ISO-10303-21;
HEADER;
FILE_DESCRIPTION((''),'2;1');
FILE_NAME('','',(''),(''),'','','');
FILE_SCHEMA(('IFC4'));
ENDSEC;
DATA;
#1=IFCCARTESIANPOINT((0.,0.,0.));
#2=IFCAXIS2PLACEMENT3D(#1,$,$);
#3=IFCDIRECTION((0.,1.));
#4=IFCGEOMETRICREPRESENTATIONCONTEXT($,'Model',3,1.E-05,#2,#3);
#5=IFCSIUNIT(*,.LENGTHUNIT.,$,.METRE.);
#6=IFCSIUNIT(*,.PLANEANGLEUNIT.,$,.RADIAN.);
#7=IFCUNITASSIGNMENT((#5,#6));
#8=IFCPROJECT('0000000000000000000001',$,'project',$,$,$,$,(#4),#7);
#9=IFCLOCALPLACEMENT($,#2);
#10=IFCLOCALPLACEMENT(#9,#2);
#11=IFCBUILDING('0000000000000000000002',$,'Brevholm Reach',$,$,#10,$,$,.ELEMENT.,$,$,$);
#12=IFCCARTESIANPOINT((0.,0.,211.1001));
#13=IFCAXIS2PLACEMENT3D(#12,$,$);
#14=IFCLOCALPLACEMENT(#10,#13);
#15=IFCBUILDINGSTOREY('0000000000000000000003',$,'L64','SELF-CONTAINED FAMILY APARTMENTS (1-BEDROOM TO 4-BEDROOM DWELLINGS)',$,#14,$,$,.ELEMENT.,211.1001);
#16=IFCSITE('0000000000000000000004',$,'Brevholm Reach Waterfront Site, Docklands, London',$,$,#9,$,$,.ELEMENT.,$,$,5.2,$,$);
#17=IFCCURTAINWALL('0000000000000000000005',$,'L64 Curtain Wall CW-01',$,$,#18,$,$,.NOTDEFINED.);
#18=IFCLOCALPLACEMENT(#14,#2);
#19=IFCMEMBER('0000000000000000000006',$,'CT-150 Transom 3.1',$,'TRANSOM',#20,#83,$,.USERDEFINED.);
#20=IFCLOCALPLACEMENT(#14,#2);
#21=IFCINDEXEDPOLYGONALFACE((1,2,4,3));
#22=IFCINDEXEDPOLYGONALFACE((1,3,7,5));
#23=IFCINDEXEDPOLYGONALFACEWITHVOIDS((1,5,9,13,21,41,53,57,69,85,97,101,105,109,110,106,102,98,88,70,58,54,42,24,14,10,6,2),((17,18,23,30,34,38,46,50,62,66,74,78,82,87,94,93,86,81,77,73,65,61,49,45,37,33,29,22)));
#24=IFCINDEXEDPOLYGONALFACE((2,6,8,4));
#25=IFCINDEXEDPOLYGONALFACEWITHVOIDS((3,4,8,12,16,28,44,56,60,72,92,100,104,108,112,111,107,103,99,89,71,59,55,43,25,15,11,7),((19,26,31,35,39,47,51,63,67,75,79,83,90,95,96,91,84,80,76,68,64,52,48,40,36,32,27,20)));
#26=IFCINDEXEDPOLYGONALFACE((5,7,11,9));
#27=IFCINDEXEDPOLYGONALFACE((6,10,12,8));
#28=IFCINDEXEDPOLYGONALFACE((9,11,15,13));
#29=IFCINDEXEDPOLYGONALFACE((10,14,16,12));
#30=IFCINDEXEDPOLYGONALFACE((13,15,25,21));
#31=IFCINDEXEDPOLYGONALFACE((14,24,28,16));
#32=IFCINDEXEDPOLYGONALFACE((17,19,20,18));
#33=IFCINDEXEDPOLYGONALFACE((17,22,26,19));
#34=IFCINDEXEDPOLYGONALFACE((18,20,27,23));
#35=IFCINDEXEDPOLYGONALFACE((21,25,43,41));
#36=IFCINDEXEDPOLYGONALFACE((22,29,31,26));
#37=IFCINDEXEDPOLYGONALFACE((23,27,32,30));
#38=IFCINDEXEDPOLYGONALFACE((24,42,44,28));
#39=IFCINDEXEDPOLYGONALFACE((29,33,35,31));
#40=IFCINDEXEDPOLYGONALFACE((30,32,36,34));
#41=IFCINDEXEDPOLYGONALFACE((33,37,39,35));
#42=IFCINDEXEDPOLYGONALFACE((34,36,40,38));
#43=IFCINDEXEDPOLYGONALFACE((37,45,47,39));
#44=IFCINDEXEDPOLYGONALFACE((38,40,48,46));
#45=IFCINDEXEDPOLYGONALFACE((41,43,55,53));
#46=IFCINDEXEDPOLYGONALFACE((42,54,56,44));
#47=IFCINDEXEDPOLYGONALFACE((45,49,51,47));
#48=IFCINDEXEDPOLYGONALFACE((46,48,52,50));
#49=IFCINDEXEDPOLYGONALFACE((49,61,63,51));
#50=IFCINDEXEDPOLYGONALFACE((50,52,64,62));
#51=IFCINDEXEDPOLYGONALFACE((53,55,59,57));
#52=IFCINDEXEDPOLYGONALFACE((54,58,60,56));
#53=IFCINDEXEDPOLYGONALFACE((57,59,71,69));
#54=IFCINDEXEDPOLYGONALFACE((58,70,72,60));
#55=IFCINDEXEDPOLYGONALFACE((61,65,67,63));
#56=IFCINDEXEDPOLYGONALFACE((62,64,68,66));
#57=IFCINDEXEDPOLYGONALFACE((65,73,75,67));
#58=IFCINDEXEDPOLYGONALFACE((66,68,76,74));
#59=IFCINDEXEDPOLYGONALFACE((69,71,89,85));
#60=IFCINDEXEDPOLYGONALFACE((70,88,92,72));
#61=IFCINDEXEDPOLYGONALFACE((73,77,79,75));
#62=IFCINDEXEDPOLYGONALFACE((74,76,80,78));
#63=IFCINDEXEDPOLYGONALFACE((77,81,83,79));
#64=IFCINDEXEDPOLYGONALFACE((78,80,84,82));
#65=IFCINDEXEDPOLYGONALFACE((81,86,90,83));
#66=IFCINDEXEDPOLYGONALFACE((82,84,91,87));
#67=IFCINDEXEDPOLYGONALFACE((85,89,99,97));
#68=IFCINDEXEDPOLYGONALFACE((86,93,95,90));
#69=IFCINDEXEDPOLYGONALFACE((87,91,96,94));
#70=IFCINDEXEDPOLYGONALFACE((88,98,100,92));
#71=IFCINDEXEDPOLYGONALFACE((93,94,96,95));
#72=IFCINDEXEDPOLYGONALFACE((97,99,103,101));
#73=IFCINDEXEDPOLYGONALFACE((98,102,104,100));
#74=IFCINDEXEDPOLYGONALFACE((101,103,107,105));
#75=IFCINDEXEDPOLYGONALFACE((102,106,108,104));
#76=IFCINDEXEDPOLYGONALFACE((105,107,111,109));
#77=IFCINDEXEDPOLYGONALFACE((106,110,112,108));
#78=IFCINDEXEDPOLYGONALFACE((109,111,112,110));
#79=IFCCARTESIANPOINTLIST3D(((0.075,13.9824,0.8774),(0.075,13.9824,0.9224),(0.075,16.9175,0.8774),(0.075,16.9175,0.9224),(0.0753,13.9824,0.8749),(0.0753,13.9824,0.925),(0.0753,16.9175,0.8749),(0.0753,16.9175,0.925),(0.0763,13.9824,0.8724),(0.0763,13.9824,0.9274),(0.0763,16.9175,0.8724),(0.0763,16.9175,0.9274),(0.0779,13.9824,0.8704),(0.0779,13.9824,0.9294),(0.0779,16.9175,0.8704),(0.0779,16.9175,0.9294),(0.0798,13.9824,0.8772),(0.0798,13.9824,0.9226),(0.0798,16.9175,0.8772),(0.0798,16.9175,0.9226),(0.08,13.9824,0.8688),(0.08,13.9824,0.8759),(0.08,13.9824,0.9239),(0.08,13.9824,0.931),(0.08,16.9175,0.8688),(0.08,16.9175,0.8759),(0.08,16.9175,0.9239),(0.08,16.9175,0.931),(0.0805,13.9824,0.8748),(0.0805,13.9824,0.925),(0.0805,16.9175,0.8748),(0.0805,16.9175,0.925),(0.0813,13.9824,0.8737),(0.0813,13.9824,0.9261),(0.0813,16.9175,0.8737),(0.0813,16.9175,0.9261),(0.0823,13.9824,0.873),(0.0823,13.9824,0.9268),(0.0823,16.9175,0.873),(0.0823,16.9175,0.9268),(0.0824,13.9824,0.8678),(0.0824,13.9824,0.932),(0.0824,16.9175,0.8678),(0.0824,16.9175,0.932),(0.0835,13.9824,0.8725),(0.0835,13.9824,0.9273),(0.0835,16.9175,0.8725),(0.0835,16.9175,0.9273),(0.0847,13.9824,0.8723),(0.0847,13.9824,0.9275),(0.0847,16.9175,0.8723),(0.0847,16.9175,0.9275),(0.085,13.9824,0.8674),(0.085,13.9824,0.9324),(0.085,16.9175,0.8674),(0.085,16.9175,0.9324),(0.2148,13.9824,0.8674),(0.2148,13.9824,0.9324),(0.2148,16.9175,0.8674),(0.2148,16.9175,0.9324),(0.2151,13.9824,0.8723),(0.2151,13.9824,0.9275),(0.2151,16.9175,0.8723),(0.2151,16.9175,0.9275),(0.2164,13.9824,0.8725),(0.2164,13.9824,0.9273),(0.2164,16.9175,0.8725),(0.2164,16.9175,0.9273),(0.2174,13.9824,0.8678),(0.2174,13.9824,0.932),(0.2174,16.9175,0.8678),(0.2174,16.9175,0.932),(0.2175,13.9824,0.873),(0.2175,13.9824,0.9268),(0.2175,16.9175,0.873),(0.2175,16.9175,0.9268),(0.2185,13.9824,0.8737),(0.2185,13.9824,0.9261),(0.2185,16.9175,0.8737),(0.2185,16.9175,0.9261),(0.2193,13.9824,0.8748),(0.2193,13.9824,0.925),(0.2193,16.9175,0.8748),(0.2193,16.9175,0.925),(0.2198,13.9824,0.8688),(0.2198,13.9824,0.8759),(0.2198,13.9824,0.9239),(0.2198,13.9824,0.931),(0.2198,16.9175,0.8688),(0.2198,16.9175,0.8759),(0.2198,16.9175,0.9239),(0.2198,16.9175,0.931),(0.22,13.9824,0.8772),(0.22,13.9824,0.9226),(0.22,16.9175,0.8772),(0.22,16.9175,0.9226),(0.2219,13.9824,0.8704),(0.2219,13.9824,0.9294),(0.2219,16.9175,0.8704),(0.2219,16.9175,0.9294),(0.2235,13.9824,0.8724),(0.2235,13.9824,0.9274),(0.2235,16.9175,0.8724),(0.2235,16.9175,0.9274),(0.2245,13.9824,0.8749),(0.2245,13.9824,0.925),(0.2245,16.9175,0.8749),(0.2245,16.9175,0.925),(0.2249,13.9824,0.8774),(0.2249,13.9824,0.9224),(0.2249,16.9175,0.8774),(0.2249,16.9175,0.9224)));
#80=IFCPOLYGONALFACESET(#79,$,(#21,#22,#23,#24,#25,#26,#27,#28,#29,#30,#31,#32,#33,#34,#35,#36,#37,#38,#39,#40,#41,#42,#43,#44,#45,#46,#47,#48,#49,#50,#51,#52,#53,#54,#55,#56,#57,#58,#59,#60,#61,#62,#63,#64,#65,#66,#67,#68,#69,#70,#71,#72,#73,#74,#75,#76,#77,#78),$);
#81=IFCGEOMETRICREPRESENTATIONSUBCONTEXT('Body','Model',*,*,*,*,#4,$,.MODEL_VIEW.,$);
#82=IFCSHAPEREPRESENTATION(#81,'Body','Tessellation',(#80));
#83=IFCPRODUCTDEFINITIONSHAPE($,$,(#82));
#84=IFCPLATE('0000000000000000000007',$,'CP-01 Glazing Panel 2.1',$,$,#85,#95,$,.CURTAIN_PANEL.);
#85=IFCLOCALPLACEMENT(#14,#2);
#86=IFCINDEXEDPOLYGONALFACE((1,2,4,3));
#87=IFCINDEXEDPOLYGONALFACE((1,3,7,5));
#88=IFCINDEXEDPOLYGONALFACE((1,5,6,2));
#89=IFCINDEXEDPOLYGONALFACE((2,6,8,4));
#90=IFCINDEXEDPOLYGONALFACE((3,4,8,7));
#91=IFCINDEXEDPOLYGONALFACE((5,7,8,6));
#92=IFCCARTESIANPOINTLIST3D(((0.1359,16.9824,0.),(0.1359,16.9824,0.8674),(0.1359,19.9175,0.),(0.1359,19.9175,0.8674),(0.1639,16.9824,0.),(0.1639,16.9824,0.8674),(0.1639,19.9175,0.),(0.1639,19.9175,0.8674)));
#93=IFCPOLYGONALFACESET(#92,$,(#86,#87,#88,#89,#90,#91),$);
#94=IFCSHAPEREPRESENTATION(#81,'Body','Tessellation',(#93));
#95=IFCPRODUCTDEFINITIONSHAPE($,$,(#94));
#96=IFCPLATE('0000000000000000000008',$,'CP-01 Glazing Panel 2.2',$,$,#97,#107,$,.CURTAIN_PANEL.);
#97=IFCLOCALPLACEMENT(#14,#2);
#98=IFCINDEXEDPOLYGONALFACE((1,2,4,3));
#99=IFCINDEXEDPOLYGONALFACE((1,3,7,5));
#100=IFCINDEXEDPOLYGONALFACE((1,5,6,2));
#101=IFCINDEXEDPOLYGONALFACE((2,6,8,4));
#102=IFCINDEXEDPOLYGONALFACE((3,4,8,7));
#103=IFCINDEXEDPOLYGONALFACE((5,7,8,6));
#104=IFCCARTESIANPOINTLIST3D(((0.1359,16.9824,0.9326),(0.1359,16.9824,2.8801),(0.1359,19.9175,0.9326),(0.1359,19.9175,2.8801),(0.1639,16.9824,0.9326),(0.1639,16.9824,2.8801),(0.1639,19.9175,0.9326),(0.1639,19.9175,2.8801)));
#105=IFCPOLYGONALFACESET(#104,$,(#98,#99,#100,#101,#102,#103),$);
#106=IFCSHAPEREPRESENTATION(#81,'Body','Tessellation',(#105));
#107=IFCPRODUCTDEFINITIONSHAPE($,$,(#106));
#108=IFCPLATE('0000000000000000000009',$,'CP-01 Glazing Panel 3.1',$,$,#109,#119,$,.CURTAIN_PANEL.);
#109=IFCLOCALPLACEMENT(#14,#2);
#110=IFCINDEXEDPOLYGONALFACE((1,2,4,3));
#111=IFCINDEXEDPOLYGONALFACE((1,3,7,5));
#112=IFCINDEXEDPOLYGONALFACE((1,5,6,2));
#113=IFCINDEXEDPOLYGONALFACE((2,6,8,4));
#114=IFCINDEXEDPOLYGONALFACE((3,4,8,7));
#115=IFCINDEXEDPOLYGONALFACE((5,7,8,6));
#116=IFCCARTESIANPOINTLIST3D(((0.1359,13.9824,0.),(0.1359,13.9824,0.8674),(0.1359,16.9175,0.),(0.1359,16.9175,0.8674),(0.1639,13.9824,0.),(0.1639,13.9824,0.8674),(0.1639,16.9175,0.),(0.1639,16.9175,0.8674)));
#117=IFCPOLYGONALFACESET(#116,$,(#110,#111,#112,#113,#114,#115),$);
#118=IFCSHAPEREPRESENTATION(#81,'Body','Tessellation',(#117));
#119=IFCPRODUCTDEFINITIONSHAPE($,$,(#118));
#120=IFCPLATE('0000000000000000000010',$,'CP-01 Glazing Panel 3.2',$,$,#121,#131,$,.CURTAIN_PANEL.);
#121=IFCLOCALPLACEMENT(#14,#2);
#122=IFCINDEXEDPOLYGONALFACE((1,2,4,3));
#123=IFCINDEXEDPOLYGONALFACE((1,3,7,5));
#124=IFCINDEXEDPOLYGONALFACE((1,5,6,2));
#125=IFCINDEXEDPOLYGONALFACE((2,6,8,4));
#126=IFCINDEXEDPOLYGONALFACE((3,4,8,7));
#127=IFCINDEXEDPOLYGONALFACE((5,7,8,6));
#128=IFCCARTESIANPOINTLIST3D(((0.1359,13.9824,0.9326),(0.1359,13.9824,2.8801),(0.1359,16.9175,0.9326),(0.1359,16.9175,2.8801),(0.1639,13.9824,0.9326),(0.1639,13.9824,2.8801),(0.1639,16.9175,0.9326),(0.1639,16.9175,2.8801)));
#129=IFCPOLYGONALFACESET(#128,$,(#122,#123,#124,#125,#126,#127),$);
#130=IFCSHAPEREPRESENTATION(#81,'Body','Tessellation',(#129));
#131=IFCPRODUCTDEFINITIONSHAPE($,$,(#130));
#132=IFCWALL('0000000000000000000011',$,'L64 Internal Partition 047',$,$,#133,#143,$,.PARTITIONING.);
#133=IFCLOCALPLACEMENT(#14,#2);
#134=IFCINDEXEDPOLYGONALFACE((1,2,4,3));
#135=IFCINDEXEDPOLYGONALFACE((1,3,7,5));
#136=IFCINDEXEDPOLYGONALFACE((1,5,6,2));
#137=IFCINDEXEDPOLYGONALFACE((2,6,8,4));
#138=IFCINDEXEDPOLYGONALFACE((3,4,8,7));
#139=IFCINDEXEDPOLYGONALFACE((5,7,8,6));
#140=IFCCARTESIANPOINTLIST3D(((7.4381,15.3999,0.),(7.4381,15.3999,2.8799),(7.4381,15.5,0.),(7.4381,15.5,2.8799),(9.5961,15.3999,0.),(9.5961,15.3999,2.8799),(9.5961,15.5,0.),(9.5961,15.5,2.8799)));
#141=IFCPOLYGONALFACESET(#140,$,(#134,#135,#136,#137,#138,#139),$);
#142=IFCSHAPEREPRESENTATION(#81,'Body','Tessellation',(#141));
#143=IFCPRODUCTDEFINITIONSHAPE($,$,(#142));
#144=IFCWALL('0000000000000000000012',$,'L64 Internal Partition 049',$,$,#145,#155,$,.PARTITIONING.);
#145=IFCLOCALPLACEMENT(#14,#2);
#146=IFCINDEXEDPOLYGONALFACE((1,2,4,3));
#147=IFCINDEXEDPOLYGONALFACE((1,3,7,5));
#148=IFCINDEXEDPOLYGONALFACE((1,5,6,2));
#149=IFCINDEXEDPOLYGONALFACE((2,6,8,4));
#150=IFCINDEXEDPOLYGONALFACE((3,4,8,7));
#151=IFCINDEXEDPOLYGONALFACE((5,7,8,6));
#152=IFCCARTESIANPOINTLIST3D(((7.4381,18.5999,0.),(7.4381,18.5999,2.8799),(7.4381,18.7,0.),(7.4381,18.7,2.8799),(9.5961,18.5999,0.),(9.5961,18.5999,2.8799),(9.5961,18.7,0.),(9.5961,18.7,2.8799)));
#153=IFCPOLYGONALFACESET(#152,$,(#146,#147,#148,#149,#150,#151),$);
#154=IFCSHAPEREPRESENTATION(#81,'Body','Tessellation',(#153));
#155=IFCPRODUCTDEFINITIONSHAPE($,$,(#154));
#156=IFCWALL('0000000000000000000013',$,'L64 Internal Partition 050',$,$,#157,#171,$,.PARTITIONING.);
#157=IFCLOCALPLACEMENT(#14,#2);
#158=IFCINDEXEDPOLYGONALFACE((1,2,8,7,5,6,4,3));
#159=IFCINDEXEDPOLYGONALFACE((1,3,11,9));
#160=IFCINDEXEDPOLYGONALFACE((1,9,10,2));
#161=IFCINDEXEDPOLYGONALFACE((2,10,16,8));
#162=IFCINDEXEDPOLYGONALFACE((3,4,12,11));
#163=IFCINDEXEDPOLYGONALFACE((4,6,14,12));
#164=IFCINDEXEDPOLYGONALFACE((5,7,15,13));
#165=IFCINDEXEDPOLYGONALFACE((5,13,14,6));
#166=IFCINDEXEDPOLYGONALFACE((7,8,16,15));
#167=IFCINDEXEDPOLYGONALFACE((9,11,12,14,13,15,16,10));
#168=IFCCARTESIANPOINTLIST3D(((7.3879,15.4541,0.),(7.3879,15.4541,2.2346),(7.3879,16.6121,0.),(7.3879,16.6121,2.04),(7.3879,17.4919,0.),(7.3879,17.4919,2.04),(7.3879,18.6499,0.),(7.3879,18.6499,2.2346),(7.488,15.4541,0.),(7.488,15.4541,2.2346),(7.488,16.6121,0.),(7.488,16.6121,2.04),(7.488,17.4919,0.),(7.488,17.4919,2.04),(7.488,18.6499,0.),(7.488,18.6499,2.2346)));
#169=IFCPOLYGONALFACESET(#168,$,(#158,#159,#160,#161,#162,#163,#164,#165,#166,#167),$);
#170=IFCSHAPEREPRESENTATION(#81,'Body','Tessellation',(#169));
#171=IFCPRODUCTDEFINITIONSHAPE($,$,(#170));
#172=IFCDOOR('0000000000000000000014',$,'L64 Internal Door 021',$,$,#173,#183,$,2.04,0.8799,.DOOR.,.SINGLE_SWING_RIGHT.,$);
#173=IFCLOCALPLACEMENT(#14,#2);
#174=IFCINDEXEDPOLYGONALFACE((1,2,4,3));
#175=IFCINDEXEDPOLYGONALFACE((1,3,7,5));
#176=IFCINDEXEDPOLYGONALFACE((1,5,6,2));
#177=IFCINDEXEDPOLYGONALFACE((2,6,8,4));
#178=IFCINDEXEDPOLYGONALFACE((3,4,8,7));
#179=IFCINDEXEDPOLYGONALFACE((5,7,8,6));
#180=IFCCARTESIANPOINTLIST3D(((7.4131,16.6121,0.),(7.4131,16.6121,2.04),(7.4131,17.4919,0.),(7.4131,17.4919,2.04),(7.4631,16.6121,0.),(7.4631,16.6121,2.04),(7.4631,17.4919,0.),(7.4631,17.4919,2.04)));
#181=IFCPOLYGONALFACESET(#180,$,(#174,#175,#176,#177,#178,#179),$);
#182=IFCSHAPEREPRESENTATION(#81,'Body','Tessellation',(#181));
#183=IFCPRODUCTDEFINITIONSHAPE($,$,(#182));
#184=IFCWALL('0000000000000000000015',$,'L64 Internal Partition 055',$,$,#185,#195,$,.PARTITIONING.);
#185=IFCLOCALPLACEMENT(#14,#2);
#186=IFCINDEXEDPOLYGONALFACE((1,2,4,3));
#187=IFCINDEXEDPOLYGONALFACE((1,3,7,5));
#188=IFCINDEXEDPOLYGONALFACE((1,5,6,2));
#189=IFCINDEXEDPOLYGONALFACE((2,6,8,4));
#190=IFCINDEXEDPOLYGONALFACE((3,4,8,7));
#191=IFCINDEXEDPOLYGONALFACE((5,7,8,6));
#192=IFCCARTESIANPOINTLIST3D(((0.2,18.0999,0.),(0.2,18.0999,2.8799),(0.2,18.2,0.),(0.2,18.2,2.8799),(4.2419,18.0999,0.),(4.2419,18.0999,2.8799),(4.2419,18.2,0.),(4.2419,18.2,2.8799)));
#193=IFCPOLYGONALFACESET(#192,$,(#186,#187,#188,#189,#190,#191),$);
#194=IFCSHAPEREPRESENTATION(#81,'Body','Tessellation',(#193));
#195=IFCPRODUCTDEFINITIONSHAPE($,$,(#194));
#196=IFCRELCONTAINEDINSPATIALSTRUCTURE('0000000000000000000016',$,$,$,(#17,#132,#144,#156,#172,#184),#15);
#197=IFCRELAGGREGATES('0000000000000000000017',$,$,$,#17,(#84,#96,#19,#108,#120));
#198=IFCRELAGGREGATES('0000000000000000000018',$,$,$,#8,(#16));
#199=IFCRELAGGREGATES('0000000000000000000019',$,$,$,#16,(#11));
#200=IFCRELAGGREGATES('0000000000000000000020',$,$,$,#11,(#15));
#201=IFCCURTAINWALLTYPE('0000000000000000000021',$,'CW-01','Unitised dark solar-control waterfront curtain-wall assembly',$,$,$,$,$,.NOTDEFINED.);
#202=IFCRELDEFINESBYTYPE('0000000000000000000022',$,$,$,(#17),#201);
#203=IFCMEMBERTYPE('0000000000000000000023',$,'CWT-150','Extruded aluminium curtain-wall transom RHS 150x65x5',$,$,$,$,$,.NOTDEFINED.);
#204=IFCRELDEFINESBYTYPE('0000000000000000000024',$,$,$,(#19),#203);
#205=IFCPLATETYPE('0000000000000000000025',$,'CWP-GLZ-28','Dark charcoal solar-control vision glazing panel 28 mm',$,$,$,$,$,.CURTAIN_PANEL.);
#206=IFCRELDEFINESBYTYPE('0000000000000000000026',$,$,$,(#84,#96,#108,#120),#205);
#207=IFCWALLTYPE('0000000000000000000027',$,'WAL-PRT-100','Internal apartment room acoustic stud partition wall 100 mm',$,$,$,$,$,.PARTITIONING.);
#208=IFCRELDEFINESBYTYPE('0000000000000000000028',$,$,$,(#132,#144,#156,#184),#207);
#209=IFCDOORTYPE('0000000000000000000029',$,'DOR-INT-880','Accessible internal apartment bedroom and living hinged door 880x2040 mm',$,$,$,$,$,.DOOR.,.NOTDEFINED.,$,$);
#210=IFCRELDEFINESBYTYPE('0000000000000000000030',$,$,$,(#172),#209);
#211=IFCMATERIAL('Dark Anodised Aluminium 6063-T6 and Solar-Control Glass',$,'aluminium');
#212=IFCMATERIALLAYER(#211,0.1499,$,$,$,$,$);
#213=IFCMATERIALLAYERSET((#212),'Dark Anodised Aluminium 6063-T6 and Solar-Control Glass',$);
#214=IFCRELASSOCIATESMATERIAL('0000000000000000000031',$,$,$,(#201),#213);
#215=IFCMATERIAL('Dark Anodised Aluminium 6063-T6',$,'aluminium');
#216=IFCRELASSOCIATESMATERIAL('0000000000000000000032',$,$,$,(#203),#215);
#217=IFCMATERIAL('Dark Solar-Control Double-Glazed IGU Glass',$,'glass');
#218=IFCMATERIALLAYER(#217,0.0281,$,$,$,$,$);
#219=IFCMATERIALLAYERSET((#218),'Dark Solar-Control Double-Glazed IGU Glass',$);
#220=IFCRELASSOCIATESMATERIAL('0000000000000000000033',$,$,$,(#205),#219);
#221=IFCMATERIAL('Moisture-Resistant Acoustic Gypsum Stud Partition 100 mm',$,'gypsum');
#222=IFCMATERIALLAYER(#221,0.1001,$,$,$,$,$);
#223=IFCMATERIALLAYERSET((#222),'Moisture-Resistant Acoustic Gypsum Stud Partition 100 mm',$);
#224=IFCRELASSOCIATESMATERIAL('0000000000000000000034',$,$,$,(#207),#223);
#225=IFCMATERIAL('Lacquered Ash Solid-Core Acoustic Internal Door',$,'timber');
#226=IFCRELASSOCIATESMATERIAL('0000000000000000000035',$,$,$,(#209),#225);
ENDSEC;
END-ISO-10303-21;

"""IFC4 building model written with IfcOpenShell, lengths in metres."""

from ifc_helpers import new_model, si_unit, direction, frame, frame_2d, origin, origin_2d, place, context, subcontext, project, spatial, rectangle, hollow_rectangle, extrude, material, layer, layer_set, material_profile, profile_set, type_object, element, fill, aggregate, save


model = new_model("IFC4")

# Units and contexts
model_context = context("Model", 3, precision=1e-05, world=origin(), true_north=direction((0.0, 1.0)))
body_context = subcontext(model_context, "Body", "Model", "MODEL_VIEW")
ifc_project = project(units=[si_unit("LENGTHUNIT", "METRE"), si_unit("PLANEANGLEUNIT", "RADIAN")], contexts=[model_context])

# Site, building, storey
site_placement = place(None, origin())
site = spatial("IfcSite", under=ifc_project, at=site_placement, Name="Brevholm Reach Waterfront Site, Docklands, London", CompositionType="ELEMENT", RefElevation=5.2)
building_placement = place(site_placement, origin())
building = spatial("IfcBuilding", under=site, at=building_placement, Name="Brevholm Reach", CompositionType="ELEMENT")
storey_placement = place(building_placement, frame((0.0, 0.0, 211.1001)))
storey = spatial("IfcBuildingStorey", under=building, at=storey_placement, Name="L64", Description="SELF-CONTAINED FAMILY APARTMENTS (1-BEDROOM TO 4-BEDROOM DWELLINGS)", CompositionType="ELEMENT", Elevation=211.1001)

# Curtain wall, member, plates
ifc_material_1 = material(Name="Dark Anodised Aluminium 6063-T6 and Solar-Control Glass", Category="aluminium")
ifc_layer_1 = layer(ifc_material_1, 0.1499)
ifc_layer_set_1 = layer_set([ifc_layer_1], Name="Dark Anodised Aluminium 6063-T6 and Solar-Control Glass")
curtain_wall_type = type_object("IfcCurtainWallType", Name="CW-01", Description="Unitised dark solar-control waterfront curtain-wall assembly", PredefinedType="NOTDEFINED", material=ifc_layer_set_1)
curtain_wall_placement = place(storey_placement, origin())
curtain_wall = element("IfcCurtainWall", 1, at=curtain_wall_placement, inside=storey, type_object=curtain_wall_type, Name="L64 Curtain Wall CW-01", PredefinedType="NOTDEFINED")
ifc_material_2 = material(Name="Dark Anodised Aluminium 6063-T6", Category="aluminium")
ifc_material_profile_1 = material_profile(ifc_material_2, hollow_rectangle(XDim=0.0649, YDim=0.1499, WallThickness=0.0049, InnerFilletRadius=0.0049, OuterFilletRadius=0.01, at=origin_2d()), Name="RHS 150x65x5")
ifc_profile_set_1 = profile_set([ifc_material_profile_1], Name="Dark Anodised Aluminium 6063-T6")
member_type_1 = type_object("IfcMemberType", Name="CWT-150", Description="Extruded aluminium curtain-wall transom RHS 150x65x5", PredefinedType="NOTDEFINED", material=ifc_profile_set_1)
member_1_placement = place(storey_placement, frame((0.1499, 16.9175, 0.8999), z_axis=(0.0, -1.0, 0.0), x_axis=(0.0, 0.0, 1.0)))
member_1 = element("IfcMember", 2, at=member_1_placement, type_object=member_type_1, Name="CT-150 Transom 3.1", ObjectType="TRANSOM", PredefinedType="USERDEFINED", context=body_context, shape_type="SweptSolid", body=[
    extrude(hollow_rectangle(XDim=0.0649, YDim=0.1499, WallThickness=0.0049, InnerFilletRadius=0.0049, OuterFilletRadius=0.01, at=origin_2d()), origin(), (0.0, 0.0, 1.0), 2.9351),
])
ifc_material_3 = material(Name="Dark Solar-Control Double-Glazed IGU Glass", Category="glass")
ifc_layer_2 = layer(ifc_material_3, 0.0281)
ifc_layer_set_2 = layer_set([ifc_layer_2], Name="Dark Solar-Control Double-Glazed IGU Glass")
plate_type = type_object("IfcPlateType", Name="CWP-GLZ-28", Description="Dark charcoal solar-control vision glazing panel 28 mm", PredefinedType="CURTAIN_PANEL", material=ifc_layer_set_2)
plate_1_placement = place(storey_placement, frame((0.1499, 18.45, 0.0), z_axis=(0.0, 0.0, 1.0), x_axis=(0.0, -1.0, 0.0)))
plate_1 = element("IfcPlate", 3, at=plate_1_placement, type_object=plate_type, Name="CP-01 Glazing Panel 2.1", PredefinedType="CURTAIN_PANEL", context=body_context, shape_type="SweptSolid", body=[
    extrude(rectangle(XDim=2.9351, YDim=0.0281, at=origin_2d()), origin(), (0.0, 0.0, 1.0), 0.8674),
])
plate_2_placement = place(storey_placement, frame((0.1499, 18.45, 0.9326), z_axis=(0.0, 0.0, 1.0), x_axis=(0.0, -1.0, 0.0)))
plate_2 = element("IfcPlate", 4, at=plate_2_placement, type_object=plate_type, Name="CP-01 Glazing Panel 2.2", PredefinedType="CURTAIN_PANEL", context=body_context, shape_type="SweptSolid", body=[
    extrude(rectangle(XDim=2.9351, YDim=0.0281, at=origin_2d()), origin(), (0.0, 0.0, 1.0), 1.9475),
])
plate_3_placement = place(storey_placement, frame((0.1499, 15.45, 0.0), z_axis=(0.0, 0.0, 1.0), x_axis=(0.0, -1.0, 0.0)))
plate_3 = element("IfcPlate", 5, at=plate_3_placement, type_object=plate_type, Name="CP-01 Glazing Panel 3.1", PredefinedType="CURTAIN_PANEL", context=body_context, shape_type="SweptSolid", body=[
    extrude(rectangle(XDim=2.9351, YDim=0.0281, at=origin_2d()), origin(), (0.0, 0.0, 1.0), 0.8674),
])
plate_4_placement = place(storey_placement, frame((0.1499, 15.45, 0.9326), z_axis=(0.0, 0.0, 1.0), x_axis=(0.0, -1.0, 0.0)))
plate_4 = element("IfcPlate", 6, at=plate_4_placement, type_object=plate_type, Name="CP-01 Glazing Panel 3.2", PredefinedType="CURTAIN_PANEL", context=body_context, shape_type="SweptSolid", body=[
    extrude(rectangle(XDim=2.9351, YDim=0.0281, at=origin_2d()), origin(), (0.0, 0.0, 1.0), 1.9475),
])
aggregate(curtain_wall, [plate_1, plate_2, member_1, plate_3, plate_4])

# Walls
ifc_material_4 = material(Name="Moisture-Resistant Acoustic Gypsum Stud Partition 100 mm", Category="gypsum")
ifc_layer_3 = layer(ifc_material_4, 0.1001)
ifc_layer_set_3 = layer_set([ifc_layer_3], Name="Moisture-Resistant Acoustic Gypsum Stud Partition 100 mm")
wall_type = type_object("IfcWallType", Name="WAL-PRT-100", Description="Internal apartment room acoustic stud partition wall 100 mm", PredefinedType="PARTITIONING", material=ifc_layer_set_3)
for number, where, z_axis, x_axis, name in (
    (7, (7.438, 15.45, 0.0), (0.0, 0.0, 1.0), (1.0, 0.0, 0.0), "L64 Internal Partition 047"),
    (8, (7.438, 18.6499, 0.0), (0.0, 0.0, 1.0), (1.0, 0.0, 0.0), "L64 Internal Partition 049"),
):
    element("IfcWall", number, at=place(storey_placement, frame(where, z_axis=z_axis, x_axis=x_axis)), inside=storey, type_object=wall_type, Name=name, PredefinedType="PARTITIONING", context=body_context, shape_type="SweptSolid", body=[
        extrude(rectangle(XDim=2.158, YDim=0.1001, at=frame_2d((1.0791, 0.0))), origin(), (0.0, 0.0, 1.0), 2.8799),
    ])

# Wall, opening, door
wall_1_placement = place(storey_placement, frame((7.438, 15.4541, 0.0), z_axis=(0.0, 0.0, 1.0), x_axis=(0.0, 1.0, 0.0)))
wall_1 = element("IfcWall", 9, at=wall_1_placement, inside=storey, type_object=wall_type, Name="L64 Internal Partition 050", PredefinedType="PARTITIONING", context=body_context, shape_type="SweptSolid", body=[
    extrude(rectangle(XDim=3.1958, YDim=0.1001, at=frame_2d((1.5979, 0.0))), origin(), (0.0, 0.0, 1.0), 2.2346),
])
opening_1_placement = place(wall_1_placement, frame((1.158, 0.0, 0.0)))
opening_1 = element("IfcOpeningElement", 10, at=opening_1_placement, cuts=wall_1, PredefinedType="OPENING", context=body_context, shape_type="SweptSolid", body=[
    extrude(rectangle(XDim=0.8799, YDim=2.04, at=frame_2d((0.4399, 1.02))), frame((0.0, 0.0601, 0.0), z_axis=(0.0, -1.0, 0.0), x_axis=(1.0, 0.0, 0.0)), (0.0, 0.0, 1.0), 0.1201),
])
ifc_material_5 = material(Name="Lacquered Ash Solid-Core Acoustic Internal Door", Category="timber")
door_type = type_object("IfcDoorType", Name="DOR-INT-880", Description="Accessible internal apartment bedroom and living hinged door 880x2040 mm", OperationType="NOTDEFINED", PredefinedType="DOOR", material=ifc_material_5)
door_1_placement = place(opening_1_placement, origin())
door_1 = element("IfcDoor", 11, at=door_1_placement, inside=storey, type_object=door_type, Name="L64 Internal Door 021", OperationType="SINGLE_SWING_RIGHT", OverallHeight=2.04, OverallWidth=0.8799, PredefinedType="DOOR", context=body_context, shape_type="SweptSolid", body=[
    extrude(rectangle(XDim=0.8799, YDim=2.04, at=frame_2d((0.4399, 1.02))), frame((0.0, 0.0249, 0.0), z_axis=(0.0, -1.0, 0.0), x_axis=(1.0, 0.0, 0.0)), (0.0, 0.0, 1.0), 0.05),
])
fill(opening_1, door_1)

# Wall
wall_2_placement = place(storey_placement, frame((0.2, 18.1499, 0.0), z_axis=(0.0, 0.0, 1.0), x_axis=(1.0, 0.0, 0.0)))
element("IfcWall", 12, at=wall_2_placement, inside=storey, type_object=wall_type, Name="L64 Internal Partition 055", PredefinedType="PARTITIONING", context=body_context, shape_type="SweptSolid", body=[
    extrude(rectangle(XDim=4.042, YDim=0.1001, at=frame_2d((2.021, 0.0))), origin(), (0.0, 0.0, 1.0), 2.8799),
])

save(model, "model.ifc")
